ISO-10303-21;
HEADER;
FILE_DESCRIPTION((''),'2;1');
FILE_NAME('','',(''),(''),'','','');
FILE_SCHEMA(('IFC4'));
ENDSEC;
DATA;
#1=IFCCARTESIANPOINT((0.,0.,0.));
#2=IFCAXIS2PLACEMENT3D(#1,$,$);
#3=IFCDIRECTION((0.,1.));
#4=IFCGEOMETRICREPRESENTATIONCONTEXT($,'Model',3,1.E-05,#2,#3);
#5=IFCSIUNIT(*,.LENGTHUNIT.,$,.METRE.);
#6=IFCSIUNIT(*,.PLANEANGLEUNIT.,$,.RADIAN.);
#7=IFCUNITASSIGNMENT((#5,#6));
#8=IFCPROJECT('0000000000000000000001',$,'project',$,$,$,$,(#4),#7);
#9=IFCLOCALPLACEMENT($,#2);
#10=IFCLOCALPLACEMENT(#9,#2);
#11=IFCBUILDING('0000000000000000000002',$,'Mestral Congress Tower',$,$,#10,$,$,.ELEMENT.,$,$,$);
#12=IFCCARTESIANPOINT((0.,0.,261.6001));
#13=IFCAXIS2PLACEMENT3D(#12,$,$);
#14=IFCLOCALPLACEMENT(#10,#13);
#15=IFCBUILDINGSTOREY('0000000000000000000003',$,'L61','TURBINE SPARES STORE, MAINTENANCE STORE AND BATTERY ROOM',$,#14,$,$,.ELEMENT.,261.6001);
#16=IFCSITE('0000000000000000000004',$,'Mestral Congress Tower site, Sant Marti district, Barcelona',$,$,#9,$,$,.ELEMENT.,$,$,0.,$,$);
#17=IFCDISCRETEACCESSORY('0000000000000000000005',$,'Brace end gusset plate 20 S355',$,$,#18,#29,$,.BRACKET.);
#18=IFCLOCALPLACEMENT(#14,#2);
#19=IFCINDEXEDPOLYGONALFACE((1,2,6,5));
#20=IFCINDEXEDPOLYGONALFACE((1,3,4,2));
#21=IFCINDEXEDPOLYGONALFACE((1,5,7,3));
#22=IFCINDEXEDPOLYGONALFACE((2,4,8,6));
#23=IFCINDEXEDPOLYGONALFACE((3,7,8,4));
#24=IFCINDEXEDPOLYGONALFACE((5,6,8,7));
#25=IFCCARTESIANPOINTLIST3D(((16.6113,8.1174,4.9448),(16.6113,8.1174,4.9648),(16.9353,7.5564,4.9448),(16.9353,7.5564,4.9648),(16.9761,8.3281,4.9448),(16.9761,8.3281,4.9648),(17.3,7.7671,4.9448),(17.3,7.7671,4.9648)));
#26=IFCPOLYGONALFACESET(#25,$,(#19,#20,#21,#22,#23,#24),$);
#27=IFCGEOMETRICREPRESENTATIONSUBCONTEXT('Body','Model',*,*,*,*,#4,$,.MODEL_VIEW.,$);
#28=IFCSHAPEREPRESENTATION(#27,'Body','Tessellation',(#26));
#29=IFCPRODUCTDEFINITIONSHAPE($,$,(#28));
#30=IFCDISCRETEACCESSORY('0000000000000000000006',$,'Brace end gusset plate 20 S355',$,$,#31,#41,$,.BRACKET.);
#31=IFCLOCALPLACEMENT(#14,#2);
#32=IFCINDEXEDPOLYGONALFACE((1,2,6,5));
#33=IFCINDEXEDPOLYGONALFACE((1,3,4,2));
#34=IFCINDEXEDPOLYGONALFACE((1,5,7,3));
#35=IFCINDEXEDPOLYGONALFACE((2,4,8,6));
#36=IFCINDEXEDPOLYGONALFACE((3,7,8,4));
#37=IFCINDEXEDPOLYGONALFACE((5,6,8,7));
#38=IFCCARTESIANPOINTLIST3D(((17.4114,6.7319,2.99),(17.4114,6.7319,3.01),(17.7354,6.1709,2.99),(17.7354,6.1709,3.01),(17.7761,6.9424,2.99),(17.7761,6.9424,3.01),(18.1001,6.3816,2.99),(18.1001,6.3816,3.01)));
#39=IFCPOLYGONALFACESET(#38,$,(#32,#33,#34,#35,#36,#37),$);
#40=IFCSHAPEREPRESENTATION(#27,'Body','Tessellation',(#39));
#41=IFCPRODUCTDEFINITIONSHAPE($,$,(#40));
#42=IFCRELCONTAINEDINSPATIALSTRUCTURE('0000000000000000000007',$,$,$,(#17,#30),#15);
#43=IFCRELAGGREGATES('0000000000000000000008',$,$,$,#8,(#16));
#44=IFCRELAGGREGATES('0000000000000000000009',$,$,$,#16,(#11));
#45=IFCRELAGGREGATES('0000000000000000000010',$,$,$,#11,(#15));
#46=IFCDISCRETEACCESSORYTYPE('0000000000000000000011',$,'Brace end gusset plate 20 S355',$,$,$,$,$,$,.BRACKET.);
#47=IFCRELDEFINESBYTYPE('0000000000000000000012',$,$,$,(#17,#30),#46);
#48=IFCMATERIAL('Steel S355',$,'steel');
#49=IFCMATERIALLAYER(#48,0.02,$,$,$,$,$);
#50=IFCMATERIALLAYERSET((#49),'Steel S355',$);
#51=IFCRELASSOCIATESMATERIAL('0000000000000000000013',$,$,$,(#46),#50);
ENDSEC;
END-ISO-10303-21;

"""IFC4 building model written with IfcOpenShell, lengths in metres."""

from ifc_helpers import new_model, si_unit, direction, frame, origin, place, context, subcontext, project, spatial, polyline, outline, extrude, material, layer, layer_set, type_object, element, save


model = new_model("IFC4")

# Units and contexts
model_context = context("Model", 3, precision=1e-05, world=origin(), true_north=direction((0.0, 1.0)))
body_context = subcontext(model_context, "Body", "Model", "MODEL_VIEW")
ifc_project = project(units=[si_unit("LENGTHUNIT", "METRE"), si_unit("PLANEANGLEUNIT", "RADIAN")], contexts=[model_context])

# Site, building, storey
site_placement = place(None, origin())
site = spatial("IfcSite", under=ifc_project, at=site_placement, Name="Mestral Congress Tower site, Sant Marti district, Barcelona", CompositionType="ELEMENT", RefElevation=0.0)
building_placement = place(site_placement, origin())
building = spatial("IfcBuilding", under=site, at=building_placement, Name="Mestral Congress Tower", CompositionType="ELEMENT")
storey_placement = place(building_placement, frame((0.0, 0.0, 261.6001)))
storey = spatial("IfcBuildingStorey", under=building, at=storey_placement, Name="L61", Description="TURBINE SPARES STORE, MAINTENANCE STORE AND BATTERY ROOM", CompositionType="ELEMENT", Elevation=261.6001)

# Discrete accessories
ifc_material_1 = material(Name="Steel S355", Category="steel")
ifc_layer_1 = layer(ifc_material_1, 0.02)
ifc_layer_set_1 = layer_set([ifc_layer_1], Name="Steel S355")
discrete_accessory_type = type_object("IfcDiscreteAccessoryType", Name="Brace end gusset plate 20 S355", PredefinedType="BRACKET", material=ifc_layer_set_1)
placement_1 = place(storey_placement, frame((0.0, 0.0, 4.9448)))
placement_2 = place(storey_placement, frame((0.0, 0.0, 2.99)))
element("IfcDiscreteAccessory", 1, at=placement_1, inside=storey, type_object=discrete_accessory_type, Name="Brace end gusset plate 20 S355", PredefinedType="BRACKET", context=body_context, shape_type="SweptSolid", body=[
    extrude(outline(polyline([(16.6113, 8.1174), (16.9353, 7.5564), (17.3, 7.7671), (16.9761, 8.3281), (16.6113, 8.1174)])), origin(), (0.0, 0.0, 1.0), 0.02),
])
element("IfcDiscreteAccessory", 2, at=placement_2, inside=storey, type_object=discrete_accessory_type, Name="Brace end gusset plate 20 S355", PredefinedType="BRACKET", context=body_context, shape_type="SweptSolid", body=[
    extrude(outline(polyline([(18.1001, 6.3816), (17.7761, 6.9424), (17.4114, 6.7319), (17.7354, 6.1709), (18.1001, 6.3816)])), origin(), (0.0, 0.0, 1.0), 0.02),
])

save(model, "model.ifc")
